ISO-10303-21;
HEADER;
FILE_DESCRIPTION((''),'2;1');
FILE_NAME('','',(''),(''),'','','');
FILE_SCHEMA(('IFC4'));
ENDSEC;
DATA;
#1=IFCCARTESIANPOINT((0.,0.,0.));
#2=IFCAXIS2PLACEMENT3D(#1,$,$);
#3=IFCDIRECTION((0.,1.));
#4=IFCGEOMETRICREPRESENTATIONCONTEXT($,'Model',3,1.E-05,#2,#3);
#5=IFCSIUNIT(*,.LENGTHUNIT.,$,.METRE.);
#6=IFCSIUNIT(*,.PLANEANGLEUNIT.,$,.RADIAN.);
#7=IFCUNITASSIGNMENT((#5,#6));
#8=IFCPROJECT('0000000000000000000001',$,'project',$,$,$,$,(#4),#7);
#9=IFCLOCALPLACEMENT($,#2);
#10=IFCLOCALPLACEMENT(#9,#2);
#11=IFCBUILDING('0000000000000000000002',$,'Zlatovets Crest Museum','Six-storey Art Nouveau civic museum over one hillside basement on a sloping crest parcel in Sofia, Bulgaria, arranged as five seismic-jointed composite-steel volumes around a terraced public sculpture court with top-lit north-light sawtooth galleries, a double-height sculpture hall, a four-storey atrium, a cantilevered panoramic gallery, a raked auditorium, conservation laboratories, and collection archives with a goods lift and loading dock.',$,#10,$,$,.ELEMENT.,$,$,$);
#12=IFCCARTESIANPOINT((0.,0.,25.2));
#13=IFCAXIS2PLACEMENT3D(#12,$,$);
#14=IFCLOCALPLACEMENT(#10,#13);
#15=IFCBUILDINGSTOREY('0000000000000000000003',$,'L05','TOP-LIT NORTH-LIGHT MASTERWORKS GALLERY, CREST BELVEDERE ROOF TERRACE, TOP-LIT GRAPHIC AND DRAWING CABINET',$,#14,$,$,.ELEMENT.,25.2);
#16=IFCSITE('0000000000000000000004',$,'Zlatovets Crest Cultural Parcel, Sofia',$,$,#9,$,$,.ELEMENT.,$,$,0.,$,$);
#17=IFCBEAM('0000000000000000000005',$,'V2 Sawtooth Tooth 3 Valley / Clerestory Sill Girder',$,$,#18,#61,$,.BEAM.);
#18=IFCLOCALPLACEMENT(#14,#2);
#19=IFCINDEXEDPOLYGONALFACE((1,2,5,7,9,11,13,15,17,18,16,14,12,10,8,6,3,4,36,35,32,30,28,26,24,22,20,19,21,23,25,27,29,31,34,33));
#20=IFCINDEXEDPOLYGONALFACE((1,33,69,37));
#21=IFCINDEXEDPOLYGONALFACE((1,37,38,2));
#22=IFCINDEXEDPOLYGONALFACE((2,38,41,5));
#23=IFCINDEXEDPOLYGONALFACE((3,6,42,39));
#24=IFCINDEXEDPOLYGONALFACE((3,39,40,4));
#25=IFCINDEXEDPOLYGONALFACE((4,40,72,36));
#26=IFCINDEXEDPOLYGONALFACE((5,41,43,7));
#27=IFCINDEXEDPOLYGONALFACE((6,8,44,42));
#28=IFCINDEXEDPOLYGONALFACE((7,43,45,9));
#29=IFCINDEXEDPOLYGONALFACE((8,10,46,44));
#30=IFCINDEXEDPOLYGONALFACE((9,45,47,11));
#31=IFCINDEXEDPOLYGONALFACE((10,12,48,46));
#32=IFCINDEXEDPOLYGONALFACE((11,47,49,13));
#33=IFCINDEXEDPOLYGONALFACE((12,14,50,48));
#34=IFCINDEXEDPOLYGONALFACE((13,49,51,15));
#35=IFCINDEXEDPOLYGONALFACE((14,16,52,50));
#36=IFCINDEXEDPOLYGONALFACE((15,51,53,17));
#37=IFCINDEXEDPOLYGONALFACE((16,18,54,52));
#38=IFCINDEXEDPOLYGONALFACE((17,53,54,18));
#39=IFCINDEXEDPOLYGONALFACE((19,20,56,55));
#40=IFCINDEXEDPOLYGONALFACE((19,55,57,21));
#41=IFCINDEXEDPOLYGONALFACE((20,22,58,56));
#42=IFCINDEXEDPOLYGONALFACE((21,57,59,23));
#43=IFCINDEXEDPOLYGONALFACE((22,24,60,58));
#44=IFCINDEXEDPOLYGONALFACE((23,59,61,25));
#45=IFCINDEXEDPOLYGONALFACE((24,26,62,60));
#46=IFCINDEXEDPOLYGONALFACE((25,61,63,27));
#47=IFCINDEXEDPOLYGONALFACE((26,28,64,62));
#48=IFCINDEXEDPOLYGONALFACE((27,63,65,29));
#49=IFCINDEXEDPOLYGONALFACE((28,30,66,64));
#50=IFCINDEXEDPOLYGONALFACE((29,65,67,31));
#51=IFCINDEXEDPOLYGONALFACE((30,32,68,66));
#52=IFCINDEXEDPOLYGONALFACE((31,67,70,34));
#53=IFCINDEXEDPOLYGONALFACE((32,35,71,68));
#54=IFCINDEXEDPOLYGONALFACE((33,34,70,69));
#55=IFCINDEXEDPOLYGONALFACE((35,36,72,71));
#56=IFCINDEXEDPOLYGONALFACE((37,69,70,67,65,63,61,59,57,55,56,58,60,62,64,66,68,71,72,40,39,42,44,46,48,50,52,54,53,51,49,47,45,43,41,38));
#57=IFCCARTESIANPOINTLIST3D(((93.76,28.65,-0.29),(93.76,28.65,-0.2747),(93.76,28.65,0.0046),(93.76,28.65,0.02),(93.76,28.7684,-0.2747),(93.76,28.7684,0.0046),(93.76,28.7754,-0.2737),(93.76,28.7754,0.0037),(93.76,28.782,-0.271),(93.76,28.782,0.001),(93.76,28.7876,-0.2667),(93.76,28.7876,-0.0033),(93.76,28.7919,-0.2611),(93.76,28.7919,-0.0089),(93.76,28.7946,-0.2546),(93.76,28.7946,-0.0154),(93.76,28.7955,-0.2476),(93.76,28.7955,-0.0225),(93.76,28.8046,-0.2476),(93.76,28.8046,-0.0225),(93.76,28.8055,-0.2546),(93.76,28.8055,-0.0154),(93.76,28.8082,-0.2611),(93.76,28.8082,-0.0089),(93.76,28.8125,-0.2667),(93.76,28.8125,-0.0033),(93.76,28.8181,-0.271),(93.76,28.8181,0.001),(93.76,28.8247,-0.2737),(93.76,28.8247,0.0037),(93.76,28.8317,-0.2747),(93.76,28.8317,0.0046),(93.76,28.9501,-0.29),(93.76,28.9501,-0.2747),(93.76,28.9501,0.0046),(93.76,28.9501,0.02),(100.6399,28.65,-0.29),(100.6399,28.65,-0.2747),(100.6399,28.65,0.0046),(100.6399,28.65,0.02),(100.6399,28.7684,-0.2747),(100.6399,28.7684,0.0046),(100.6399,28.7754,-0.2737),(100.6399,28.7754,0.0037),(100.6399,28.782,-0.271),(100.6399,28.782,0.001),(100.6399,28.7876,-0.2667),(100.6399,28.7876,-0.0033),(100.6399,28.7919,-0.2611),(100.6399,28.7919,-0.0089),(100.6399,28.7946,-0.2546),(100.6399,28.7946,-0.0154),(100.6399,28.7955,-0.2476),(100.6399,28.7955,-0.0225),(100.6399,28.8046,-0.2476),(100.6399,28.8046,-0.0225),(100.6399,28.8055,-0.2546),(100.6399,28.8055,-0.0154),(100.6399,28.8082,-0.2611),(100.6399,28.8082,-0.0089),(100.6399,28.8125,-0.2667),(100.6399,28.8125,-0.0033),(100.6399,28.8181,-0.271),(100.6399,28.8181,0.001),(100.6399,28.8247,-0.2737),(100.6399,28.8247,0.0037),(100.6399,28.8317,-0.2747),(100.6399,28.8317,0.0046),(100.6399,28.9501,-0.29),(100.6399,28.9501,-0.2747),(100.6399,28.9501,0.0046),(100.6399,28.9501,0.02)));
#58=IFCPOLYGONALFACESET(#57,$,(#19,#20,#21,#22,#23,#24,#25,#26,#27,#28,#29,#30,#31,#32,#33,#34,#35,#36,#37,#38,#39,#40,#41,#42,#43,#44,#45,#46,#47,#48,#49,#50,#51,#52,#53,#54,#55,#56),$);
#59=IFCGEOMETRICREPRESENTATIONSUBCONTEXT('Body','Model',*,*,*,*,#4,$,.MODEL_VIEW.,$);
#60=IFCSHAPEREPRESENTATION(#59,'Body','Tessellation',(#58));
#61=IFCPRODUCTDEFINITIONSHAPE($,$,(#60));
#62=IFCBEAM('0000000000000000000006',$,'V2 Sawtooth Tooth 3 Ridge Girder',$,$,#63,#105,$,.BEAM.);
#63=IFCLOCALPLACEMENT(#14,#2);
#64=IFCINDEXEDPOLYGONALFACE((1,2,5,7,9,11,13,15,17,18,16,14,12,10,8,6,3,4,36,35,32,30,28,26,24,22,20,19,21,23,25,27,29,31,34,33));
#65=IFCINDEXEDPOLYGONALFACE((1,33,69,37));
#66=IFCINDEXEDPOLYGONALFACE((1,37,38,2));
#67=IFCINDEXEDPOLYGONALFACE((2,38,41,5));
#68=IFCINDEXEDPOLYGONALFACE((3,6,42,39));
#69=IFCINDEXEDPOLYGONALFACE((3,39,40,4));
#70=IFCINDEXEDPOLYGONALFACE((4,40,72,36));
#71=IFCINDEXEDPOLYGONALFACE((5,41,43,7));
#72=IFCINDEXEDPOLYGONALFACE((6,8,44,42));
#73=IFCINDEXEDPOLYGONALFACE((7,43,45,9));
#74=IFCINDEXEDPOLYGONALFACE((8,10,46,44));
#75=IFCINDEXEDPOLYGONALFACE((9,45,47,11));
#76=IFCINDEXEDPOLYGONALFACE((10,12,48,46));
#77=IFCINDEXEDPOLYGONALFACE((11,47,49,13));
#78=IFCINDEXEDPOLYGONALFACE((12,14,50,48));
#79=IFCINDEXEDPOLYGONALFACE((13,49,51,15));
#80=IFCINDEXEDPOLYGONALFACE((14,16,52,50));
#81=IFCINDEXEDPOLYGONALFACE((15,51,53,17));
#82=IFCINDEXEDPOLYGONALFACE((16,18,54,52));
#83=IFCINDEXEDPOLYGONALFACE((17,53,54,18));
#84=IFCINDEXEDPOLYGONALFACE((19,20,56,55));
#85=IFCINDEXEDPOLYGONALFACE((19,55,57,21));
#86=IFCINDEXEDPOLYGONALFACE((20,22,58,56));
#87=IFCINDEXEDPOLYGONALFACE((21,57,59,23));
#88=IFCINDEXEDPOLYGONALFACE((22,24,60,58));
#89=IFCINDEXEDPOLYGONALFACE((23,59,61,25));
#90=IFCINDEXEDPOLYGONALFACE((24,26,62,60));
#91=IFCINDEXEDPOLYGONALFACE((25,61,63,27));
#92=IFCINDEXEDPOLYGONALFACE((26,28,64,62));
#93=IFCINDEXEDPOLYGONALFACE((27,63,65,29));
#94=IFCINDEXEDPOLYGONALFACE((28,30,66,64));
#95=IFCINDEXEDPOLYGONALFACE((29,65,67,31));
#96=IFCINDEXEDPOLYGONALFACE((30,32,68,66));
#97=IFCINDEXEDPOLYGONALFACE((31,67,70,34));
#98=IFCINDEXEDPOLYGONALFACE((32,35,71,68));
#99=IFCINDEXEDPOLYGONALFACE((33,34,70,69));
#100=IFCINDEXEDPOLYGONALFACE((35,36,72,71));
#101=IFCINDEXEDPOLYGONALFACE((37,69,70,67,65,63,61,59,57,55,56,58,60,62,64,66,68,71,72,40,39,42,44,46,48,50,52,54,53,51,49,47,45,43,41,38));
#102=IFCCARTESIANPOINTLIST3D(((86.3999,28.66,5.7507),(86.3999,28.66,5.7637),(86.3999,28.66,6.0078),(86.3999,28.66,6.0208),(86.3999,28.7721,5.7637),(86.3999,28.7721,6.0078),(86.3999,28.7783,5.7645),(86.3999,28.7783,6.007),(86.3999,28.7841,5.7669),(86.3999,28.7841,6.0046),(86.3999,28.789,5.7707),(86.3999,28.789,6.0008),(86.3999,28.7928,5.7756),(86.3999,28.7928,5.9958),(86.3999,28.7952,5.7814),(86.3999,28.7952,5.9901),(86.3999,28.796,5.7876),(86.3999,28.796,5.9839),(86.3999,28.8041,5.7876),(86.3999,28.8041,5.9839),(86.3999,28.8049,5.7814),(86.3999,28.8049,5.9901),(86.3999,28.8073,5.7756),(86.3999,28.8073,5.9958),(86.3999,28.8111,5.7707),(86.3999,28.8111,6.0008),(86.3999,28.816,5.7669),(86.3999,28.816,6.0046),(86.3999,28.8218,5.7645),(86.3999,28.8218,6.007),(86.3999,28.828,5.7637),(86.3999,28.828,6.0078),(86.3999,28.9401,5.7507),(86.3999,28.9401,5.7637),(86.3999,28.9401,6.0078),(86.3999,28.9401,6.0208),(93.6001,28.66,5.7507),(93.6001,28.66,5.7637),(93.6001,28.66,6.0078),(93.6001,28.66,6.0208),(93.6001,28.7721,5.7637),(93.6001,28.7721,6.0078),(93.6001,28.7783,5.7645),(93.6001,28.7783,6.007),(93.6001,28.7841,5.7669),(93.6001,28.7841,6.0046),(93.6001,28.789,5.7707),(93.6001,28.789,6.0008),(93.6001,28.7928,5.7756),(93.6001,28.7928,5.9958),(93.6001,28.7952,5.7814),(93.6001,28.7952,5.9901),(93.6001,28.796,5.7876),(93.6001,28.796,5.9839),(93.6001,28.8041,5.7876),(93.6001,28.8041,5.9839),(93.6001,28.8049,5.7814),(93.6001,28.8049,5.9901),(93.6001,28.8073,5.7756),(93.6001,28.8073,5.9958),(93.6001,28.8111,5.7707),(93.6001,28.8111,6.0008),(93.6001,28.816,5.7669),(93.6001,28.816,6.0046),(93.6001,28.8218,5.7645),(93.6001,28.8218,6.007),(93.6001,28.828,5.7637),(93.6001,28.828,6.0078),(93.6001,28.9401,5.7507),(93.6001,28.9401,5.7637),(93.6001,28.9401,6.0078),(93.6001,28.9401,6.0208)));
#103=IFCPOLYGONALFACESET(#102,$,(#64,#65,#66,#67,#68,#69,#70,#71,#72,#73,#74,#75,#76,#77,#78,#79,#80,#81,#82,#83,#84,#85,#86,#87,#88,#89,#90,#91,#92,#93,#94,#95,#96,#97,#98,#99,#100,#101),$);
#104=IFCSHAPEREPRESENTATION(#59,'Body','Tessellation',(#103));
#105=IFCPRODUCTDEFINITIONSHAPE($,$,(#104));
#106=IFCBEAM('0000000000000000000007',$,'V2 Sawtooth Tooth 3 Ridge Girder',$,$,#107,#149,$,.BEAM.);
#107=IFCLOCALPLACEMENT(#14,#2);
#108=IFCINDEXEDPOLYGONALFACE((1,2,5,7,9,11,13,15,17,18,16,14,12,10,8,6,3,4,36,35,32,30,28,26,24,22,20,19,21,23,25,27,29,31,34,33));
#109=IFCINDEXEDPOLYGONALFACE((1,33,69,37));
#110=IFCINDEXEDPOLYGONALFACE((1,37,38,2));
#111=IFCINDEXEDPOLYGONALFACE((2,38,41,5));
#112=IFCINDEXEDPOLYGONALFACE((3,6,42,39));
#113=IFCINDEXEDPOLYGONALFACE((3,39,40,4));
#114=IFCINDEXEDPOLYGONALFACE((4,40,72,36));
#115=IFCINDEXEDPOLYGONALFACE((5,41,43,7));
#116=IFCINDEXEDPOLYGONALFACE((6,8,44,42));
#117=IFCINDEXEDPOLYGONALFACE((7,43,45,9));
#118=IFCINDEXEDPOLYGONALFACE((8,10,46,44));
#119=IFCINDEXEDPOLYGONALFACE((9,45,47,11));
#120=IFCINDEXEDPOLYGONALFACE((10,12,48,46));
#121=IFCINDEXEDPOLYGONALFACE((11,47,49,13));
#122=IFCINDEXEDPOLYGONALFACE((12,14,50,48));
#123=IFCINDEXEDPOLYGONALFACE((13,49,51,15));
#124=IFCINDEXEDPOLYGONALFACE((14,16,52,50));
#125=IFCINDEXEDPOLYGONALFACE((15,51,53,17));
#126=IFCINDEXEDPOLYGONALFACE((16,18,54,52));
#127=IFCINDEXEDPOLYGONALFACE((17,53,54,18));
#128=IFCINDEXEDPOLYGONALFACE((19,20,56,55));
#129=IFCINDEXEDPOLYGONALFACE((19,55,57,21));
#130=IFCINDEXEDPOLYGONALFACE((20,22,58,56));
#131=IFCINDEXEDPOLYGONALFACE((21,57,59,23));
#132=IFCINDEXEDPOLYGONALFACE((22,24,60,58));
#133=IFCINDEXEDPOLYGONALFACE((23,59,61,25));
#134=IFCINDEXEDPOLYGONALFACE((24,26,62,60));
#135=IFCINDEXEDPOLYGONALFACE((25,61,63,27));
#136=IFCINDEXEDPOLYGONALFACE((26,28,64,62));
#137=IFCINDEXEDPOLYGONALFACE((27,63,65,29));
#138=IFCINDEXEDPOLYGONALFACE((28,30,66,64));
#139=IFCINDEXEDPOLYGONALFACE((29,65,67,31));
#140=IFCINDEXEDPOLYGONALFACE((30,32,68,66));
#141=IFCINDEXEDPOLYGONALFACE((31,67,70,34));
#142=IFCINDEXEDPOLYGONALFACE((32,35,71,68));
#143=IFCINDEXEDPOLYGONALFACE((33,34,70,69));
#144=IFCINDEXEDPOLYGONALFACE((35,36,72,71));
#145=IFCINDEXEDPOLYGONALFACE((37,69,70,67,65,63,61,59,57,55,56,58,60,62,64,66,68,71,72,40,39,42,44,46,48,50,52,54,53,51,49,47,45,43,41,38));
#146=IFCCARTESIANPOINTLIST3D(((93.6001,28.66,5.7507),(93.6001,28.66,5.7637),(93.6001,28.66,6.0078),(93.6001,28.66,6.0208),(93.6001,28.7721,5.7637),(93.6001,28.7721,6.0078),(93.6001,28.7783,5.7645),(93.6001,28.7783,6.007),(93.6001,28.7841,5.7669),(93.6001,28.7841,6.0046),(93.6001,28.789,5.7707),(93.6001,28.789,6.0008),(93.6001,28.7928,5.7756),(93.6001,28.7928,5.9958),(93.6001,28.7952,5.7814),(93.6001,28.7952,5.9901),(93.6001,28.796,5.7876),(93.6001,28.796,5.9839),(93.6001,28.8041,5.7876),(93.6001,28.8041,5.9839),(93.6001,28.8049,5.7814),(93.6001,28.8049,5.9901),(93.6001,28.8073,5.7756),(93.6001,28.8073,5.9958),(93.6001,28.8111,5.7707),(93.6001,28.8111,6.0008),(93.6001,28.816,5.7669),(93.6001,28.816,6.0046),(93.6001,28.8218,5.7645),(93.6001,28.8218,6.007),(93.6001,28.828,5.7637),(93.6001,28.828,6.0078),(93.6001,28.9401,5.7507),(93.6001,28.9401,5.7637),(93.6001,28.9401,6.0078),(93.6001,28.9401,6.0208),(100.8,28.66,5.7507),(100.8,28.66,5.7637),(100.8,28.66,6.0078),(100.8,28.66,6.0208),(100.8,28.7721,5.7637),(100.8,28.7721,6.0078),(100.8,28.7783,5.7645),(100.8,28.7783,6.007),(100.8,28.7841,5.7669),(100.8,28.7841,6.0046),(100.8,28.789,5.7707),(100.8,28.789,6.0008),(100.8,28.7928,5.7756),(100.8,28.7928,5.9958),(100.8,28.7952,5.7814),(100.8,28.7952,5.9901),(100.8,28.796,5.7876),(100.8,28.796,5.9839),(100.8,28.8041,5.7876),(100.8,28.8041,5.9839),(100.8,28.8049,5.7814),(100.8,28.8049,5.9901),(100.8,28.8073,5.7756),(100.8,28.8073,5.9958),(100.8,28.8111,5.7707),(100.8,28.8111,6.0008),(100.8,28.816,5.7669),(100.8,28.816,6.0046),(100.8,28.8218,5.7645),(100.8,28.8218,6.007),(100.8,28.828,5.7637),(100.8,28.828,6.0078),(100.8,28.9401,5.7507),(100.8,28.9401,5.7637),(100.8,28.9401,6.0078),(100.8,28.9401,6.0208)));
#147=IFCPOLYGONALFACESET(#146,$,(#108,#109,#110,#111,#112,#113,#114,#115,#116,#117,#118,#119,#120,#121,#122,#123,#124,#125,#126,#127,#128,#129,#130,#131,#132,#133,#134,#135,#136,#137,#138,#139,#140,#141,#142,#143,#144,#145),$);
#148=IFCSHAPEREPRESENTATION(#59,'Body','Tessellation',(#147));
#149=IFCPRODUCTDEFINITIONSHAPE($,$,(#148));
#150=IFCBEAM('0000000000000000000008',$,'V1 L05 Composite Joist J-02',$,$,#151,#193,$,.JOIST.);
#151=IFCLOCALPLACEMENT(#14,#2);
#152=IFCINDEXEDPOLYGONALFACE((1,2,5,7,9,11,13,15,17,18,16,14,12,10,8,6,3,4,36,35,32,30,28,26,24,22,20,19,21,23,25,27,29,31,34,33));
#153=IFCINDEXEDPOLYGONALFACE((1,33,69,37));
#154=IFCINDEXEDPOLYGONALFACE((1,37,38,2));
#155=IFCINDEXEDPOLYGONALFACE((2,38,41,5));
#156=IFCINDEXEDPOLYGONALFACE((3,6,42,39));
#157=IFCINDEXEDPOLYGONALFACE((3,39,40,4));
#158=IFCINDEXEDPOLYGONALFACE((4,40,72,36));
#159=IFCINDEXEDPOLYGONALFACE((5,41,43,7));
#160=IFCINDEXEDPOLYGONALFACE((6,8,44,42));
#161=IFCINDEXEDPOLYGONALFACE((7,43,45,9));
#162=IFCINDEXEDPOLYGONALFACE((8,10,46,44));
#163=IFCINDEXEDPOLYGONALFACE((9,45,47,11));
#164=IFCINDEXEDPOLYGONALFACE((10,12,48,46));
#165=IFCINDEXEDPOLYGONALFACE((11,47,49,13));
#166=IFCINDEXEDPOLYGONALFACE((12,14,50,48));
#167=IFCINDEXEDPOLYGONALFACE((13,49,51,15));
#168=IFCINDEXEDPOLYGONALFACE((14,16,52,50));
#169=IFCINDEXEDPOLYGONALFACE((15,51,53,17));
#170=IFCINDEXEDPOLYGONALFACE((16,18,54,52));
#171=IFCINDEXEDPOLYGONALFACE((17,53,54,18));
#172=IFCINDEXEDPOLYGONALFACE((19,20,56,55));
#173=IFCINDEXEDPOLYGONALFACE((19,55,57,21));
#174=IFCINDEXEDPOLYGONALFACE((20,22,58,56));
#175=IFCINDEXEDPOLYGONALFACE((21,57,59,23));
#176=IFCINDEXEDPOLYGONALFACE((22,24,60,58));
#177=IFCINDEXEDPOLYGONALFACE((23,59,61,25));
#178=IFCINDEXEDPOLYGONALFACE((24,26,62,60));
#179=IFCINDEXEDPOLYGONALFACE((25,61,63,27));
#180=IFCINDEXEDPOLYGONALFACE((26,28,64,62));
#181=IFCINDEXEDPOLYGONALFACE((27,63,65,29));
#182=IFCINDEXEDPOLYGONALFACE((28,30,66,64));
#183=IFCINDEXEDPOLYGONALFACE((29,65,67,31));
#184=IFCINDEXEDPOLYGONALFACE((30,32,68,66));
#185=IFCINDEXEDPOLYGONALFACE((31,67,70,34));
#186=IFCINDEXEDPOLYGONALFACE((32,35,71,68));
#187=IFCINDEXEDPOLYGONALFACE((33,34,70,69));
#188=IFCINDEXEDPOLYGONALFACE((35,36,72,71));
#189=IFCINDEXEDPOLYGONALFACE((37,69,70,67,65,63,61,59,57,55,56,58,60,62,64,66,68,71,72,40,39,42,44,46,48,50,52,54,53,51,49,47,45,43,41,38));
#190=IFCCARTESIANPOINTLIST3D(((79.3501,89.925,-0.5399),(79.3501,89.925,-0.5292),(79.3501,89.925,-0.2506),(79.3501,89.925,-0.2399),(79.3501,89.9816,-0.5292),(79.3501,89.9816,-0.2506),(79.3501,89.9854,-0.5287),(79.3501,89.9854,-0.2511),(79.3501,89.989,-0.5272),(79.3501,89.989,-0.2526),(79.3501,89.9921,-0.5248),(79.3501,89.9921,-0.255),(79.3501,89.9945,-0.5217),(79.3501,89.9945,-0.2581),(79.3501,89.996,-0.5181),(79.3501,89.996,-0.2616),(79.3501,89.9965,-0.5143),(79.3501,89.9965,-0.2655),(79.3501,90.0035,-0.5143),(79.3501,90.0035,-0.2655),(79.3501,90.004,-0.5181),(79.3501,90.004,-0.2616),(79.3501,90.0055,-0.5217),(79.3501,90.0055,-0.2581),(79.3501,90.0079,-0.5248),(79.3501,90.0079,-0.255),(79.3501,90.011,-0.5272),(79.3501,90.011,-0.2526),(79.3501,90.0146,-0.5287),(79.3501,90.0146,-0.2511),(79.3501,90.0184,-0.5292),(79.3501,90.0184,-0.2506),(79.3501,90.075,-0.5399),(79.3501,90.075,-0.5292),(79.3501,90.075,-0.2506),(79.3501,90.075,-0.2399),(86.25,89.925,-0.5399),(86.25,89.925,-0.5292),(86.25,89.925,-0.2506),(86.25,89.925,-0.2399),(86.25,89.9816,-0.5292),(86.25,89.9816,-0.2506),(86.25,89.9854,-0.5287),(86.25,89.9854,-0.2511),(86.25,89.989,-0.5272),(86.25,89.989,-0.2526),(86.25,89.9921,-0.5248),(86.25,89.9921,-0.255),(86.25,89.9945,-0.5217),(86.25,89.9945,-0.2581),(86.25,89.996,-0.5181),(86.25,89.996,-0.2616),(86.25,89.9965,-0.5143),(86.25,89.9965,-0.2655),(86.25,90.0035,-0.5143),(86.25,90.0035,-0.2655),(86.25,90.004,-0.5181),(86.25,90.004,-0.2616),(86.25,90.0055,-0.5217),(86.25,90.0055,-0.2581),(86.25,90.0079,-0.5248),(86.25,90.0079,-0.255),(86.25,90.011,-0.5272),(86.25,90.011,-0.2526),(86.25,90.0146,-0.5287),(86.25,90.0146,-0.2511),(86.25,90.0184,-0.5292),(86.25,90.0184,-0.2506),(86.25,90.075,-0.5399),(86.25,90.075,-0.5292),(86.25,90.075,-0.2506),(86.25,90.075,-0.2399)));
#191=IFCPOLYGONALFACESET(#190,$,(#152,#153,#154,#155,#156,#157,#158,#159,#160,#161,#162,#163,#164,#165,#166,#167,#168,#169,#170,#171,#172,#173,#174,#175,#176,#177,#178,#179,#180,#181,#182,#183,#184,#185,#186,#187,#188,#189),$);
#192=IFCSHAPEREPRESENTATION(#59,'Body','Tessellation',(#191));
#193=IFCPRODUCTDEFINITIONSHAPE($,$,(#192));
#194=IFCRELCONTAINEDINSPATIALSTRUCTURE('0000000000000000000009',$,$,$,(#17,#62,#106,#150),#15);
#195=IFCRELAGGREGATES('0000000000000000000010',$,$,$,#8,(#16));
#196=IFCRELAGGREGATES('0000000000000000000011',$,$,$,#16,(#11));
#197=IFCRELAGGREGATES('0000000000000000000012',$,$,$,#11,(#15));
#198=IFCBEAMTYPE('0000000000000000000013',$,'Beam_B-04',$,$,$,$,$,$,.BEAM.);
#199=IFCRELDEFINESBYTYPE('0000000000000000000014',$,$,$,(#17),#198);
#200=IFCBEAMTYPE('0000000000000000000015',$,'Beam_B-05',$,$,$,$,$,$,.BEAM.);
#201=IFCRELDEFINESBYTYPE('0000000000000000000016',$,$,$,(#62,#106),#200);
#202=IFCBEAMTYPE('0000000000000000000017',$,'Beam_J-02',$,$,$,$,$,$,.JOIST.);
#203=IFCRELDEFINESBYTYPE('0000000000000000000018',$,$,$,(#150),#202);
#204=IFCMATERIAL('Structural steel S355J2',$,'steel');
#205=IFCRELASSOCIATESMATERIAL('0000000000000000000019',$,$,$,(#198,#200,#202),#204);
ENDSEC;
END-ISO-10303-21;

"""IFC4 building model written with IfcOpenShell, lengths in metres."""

from ifc_helpers import new_model, si_unit, direction, frame, origin, origin_2d, place, context, subcontext, project, spatial, i_section, extrude, material, material_profile, profile_set, type_object, element, save


model = new_model("IFC4")

# Units and contexts
model_context = context("Model", 3, precision=1e-05, world=origin(), true_north=direction((0.0, 1.0)))
body_context = subcontext(model_context, "Body", "Model", "MODEL_VIEW")
ifc_project = project(units=[si_unit("LENGTHUNIT", "METRE"), si_unit("PLANEANGLEUNIT", "RADIAN")], contexts=[model_context])

# Site, building, storey
site_placement = place(None, origin())
site = spatial("IfcSite", under=ifc_project, at=site_placement, Name="Zlatovets Crest Cultural Parcel, Sofia", CompositionType="ELEMENT", RefElevation=0.0)
building_placement = place(site_placement, origin())
building = spatial("IfcBuilding", under=site, at=building_placement, Name="Zlatovets Crest Museum", Description="Six-storey Art Nouveau civic museum over one hillside basement on a sloping crest parcel in Sofia, Bulgaria, arranged as five seismic-jointed composite-steel volumes around a terraced public sculpture court with top-lit north-light sawtooth galleries, a double-height sculpture hall, a four-storey atrium, a cantilevered panoramic gallery, a raked auditorium, conservation laboratories, and collection archives with a goods lift and loading dock.", CompositionType="ELEMENT")
storey_placement = place(building_placement, frame((0.0, 0.0, 25.2)))
storey = spatial("IfcBuildingStorey", under=building, at=storey_placement, Name="L05", Description="TOP-LIT NORTH-LIGHT MASTERWORKS GALLERY, CREST BELVEDERE ROOF TERRACE, TOP-LIT GRAPHIC AND DRAWING CABINET", CompositionType="ELEMENT", Elevation=25.2)

# Beams
ifc_material_1 = material(Name="Structural steel S355J2", Category="steel")
ifc_material_profile_1 = material_profile(ifc_material_1, i_section(OverallWidth=0.3, OverallDepth=0.3101, WebThickness=0.009, FlangeThickness=0.0154, FilletRadius=0.0271, at=origin_2d()), Name="HEA 320")
ifc_profile_set_1 = profile_set([ifc_material_profile_1], Name="Structural steel S355J2")
beam_type_1 = type_object("IfcBeamType", Name="Beam_B-04", PredefinedType="BEAM", material=ifc_profile_set_1)
for number, where, z_axis, x_axis, name in (
    (1, (93.76, 28.8, -0.135), (1.0, 0.0, 0.0), (0.0, 1.0, 0.0), "V2 Sawtooth Tooth 3 Valley / Clerestory Sill Girder"),
):
    element("IfcBeam", number, at=place(storey_placement, frame(where, z_axis=z_axis, x_axis=x_axis)), inside=storey, type_object=beam_type_1, Name=name, PredefinedType="BEAM", context=body_context, shape_type="SweptSolid", body=[
        extrude(i_section(OverallWidth=0.3, OverallDepth=0.3101, WebThickness=0.009, FlangeThickness=0.0154, FilletRadius=0.0271, at=origin_2d()), origin(), (0.0, 0.0, 1.0), 6.8799),
    ])
ifc_material_profile_2 = material_profile(ifc_material_1, i_section(OverallWidth=0.28, OverallDepth=0.27, WebThickness=0.0081, FlangeThickness=0.0129, FilletRadius=0.0239, at=origin_2d()), Name="HEA 280")
ifc_profile_set_2 = profile_set([ifc_material_profile_2], Name="Structural steel S355J2")
beam_type_2 = type_object("IfcBeamType", Name="Beam_B-05", PredefinedType="BEAM", material=ifc_profile_set_2)
beam_1_placement = place(storey_placement, frame((86.3999, 28.8, 5.8857), z_axis=(1.0, 0.0, 0.0), x_axis=(0.0, 1.0, 0.0)))
element("IfcBeam", 2, at=beam_1_placement, inside=storey, type_object=beam_type_2, Name="V2 Sawtooth Tooth 3 Ridge Girder", PredefinedType="BEAM", context=body_context, shape_type="SweptSolid", body=[
    extrude(i_section(OverallWidth=0.28, OverallDepth=0.27, WebThickness=0.0081, FlangeThickness=0.0129, FilletRadius=0.0239, at=origin_2d()), origin(), (0.0, 0.0, 1.0), 7.2002),
])
beam_2_placement = place(storey_placement, frame((93.6001, 28.8, 5.8857), z_axis=(1.0, 0.0, 0.0), x_axis=(0.0, 1.0, 0.0)))
element("IfcBeam", 3, at=beam_2_placement, inside=storey, type_object=beam_type_2, Name="V2 Sawtooth Tooth 3 Ridge Girder", PredefinedType="BEAM", context=body_context, shape_type="SweptSolid", body=[
    extrude(i_section(OverallWidth=0.28, OverallDepth=0.27, WebThickness=0.0081, FlangeThickness=0.0129, FilletRadius=0.0239, at=origin_2d()), origin(), (0.0, 0.0, 1.0), 7.2),
])
ifc_material_profile_3 = material_profile(ifc_material_1, i_section(OverallWidth=0.1499, OverallDepth=0.3, WebThickness=0.0071, FlangeThickness=0.0107, FilletRadius=0.0149, at=origin_2d()), Name="IPE 300")
ifc_profile_set_3 = profile_set([ifc_material_profile_3], Name="Structural steel S355J2")
beam_type_3 = type_object("IfcBeamType", Name="Beam_J-02", PredefinedType="JOIST", material=ifc_profile_set_3)
for number, where, z_axis, x_axis, name in (
    (4, (79.3501, 90.0, -0.3899), (1.0, 0.0, 0.0), (0.0, 1.0, 0.0), "V1 L05 Composite Joist J-02"),
):
    element("IfcBeam", number, at=place(storey_placement, frame(where, z_axis=z_axis, x_axis=x_axis)), inside=storey, type_object=beam_type_3, Name=name, PredefinedType="JOIST", context=body_context, shape_type="SweptSolid", body=[
        extrude(i_section(OverallWidth=0.1499, OverallDepth=0.3, WebThickness=0.0071, FlangeThickness=0.0107, FilletRadius=0.0149, at=origin_2d()), origin(), (0.0, 0.0, 1.0), 6.8999),
    ])

save(model, "model.ifc")
